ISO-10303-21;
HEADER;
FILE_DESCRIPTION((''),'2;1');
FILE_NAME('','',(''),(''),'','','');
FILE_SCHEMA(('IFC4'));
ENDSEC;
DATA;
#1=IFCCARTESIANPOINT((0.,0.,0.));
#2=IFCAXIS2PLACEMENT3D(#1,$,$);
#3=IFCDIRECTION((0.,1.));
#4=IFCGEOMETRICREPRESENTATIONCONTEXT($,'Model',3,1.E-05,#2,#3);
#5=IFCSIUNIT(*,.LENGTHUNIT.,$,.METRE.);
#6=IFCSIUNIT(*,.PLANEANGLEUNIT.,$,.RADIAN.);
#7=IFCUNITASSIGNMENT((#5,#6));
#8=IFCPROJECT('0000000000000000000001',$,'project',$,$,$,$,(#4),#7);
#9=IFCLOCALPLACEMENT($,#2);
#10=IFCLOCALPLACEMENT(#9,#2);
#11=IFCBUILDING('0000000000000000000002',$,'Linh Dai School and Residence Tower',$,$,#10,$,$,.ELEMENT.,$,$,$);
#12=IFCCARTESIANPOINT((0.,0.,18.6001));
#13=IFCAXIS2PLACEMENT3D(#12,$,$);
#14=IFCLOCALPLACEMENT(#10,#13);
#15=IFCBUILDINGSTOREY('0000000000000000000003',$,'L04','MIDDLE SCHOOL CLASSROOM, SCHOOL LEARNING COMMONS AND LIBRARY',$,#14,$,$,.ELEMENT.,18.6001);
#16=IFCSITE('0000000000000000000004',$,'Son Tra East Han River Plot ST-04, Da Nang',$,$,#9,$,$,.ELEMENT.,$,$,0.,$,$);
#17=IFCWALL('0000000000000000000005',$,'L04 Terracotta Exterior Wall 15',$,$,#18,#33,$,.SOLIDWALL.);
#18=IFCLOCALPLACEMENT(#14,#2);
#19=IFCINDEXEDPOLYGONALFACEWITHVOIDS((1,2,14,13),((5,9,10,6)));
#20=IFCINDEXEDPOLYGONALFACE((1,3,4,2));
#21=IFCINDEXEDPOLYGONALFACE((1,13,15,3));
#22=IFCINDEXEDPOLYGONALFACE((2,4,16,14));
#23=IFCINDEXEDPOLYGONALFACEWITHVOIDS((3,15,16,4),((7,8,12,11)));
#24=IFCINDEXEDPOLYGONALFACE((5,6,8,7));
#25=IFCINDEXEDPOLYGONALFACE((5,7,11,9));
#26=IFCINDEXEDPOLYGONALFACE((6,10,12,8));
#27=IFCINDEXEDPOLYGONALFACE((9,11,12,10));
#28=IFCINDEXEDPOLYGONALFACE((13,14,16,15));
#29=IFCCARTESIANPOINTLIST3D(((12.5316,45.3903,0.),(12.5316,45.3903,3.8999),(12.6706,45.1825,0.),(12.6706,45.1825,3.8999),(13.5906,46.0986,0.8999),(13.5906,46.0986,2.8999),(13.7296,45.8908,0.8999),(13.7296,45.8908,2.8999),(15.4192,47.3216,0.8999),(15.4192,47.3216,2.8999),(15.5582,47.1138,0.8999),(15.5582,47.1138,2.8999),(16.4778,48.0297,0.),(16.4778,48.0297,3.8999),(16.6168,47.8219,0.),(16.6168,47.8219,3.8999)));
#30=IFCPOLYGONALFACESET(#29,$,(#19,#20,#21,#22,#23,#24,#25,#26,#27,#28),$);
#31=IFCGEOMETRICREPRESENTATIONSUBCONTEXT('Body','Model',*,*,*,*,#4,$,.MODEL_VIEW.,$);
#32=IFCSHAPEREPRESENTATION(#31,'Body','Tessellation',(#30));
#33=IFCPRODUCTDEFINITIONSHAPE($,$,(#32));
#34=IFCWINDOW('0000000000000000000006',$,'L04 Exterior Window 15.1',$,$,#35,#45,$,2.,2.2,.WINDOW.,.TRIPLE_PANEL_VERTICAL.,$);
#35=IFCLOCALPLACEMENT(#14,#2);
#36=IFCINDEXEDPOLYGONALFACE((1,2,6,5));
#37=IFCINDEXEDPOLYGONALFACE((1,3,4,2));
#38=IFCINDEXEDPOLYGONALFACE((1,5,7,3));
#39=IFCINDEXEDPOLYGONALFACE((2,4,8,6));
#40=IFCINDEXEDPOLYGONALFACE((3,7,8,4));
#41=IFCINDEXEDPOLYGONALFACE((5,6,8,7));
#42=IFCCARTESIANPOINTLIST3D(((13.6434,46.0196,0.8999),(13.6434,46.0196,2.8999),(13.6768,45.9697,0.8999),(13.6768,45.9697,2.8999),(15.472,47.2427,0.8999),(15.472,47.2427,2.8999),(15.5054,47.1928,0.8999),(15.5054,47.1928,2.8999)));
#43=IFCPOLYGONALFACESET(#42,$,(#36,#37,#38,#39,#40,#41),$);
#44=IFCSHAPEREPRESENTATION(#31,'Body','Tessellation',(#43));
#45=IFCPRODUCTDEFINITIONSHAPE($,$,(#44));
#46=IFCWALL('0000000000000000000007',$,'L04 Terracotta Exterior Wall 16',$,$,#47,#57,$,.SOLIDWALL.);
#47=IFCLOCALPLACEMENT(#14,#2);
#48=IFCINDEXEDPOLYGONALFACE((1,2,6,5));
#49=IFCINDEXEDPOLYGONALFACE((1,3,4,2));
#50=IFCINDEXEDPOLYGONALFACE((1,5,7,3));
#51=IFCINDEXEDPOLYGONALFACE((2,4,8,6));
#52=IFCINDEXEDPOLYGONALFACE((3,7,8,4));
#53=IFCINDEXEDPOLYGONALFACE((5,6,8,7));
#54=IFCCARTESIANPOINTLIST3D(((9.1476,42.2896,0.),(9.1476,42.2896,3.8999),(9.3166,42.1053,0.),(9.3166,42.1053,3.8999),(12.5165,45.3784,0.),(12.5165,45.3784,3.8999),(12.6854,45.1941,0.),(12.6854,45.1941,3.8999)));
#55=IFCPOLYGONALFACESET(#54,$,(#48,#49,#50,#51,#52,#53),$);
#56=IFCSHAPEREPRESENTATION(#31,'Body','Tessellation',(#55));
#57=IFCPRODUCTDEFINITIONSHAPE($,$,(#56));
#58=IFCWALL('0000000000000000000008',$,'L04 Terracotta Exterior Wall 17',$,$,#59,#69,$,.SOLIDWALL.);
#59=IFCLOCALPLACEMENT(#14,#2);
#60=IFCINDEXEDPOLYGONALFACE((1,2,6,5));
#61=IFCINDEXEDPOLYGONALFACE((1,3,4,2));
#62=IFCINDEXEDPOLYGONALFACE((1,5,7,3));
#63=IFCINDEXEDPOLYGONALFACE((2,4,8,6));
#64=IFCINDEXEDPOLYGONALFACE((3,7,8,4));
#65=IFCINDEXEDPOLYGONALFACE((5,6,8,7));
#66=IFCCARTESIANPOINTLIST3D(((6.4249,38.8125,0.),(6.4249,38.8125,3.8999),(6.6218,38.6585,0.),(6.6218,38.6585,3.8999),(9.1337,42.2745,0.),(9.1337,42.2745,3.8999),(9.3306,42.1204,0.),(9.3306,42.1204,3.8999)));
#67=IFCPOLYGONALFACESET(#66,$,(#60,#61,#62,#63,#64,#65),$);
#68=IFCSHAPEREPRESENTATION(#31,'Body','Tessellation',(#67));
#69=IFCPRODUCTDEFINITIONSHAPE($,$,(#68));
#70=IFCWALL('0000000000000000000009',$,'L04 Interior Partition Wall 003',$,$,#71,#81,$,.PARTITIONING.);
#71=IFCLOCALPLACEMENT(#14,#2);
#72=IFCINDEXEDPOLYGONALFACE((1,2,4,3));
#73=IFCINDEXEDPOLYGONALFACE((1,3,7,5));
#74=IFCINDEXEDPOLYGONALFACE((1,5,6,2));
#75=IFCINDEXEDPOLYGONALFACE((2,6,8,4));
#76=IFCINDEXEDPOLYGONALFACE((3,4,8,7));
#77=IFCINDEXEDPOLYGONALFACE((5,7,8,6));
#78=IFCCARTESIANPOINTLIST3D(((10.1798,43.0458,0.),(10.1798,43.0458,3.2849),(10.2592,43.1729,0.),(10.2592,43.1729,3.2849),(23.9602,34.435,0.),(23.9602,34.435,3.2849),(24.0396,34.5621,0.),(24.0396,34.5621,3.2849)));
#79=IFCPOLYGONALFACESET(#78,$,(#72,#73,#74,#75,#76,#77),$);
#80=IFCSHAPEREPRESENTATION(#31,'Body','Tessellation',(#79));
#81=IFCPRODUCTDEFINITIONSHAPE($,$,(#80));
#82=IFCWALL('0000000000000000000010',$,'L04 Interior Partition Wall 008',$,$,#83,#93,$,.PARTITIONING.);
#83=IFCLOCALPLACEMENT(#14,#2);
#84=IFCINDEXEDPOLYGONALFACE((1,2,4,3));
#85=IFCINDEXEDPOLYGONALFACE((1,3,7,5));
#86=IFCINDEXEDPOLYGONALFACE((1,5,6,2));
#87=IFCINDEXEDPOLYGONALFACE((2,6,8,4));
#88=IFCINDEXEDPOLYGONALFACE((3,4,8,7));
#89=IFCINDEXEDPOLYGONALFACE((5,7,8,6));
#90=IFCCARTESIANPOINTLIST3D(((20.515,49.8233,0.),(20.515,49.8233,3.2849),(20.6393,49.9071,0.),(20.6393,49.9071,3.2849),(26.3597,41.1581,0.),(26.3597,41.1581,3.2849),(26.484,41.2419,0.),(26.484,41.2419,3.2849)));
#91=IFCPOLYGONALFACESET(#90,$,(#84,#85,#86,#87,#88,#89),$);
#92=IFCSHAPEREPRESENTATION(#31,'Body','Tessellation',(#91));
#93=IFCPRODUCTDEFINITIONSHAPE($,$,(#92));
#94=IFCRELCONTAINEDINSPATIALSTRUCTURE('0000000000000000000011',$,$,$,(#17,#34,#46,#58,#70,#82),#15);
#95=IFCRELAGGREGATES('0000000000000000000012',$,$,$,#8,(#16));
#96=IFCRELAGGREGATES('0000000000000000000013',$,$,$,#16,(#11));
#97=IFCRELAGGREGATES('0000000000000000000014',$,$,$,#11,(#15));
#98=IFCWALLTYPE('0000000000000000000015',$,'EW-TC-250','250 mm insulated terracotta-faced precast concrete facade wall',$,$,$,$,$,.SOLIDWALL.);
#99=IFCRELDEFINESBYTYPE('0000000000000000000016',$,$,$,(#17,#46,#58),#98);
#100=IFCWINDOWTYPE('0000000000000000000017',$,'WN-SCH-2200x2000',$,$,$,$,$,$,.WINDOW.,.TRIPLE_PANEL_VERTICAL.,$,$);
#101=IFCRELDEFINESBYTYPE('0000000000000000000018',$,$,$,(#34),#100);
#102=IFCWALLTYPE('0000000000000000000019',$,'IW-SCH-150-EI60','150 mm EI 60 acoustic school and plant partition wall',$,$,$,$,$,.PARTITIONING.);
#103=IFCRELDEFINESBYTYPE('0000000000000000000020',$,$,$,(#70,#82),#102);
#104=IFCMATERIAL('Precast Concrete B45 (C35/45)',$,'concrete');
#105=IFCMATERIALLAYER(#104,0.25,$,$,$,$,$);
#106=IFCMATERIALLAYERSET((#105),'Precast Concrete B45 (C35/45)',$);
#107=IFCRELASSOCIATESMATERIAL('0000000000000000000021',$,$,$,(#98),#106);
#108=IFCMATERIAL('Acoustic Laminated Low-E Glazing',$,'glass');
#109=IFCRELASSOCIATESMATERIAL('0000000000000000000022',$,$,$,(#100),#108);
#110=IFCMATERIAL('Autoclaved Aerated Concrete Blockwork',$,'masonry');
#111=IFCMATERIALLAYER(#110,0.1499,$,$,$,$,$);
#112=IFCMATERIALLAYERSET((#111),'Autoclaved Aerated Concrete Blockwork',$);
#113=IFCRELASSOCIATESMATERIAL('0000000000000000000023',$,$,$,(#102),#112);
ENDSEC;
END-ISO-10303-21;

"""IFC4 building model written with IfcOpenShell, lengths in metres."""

from ifc_helpers import new_model, si_unit, direction, frame, frame_2d, origin, origin_2d, place, context, subcontext, project, spatial, rectangle, extrude, source, transform, mapped, material, layer, layer_set, type_object, element, fill, save


model = new_model("IFC4")

# Units and contexts
model_context = context("Model", 3, precision=1e-05, world=origin(), true_north=direction((0.0, 1.0)))
body_context = subcontext(model_context, "Body", "Model", "MODEL_VIEW")
ifc_project = project(units=[si_unit("LENGTHUNIT", "METRE"), si_unit("PLANEANGLEUNIT", "RADIAN")], contexts=[model_context])

# Site, building, storey
site_placement = place(None, origin())
site = spatial("IfcSite", under=ifc_project, at=site_placement, Name="Son Tra East Han River Plot ST-04, Da Nang", CompositionType="ELEMENT", RefElevation=0.0)
building_placement = place(site_placement, origin())
building = spatial("IfcBuilding", under=site, at=building_placement, Name="Linh Dai School and Residence Tower", CompositionType="ELEMENT")
storey_placement = place(building_placement, frame((0.0, 0.0, 18.6001)))
storey = spatial("IfcBuildingStorey", under=building, at=storey_placement, Name="L04", Description="MIDDLE SCHOOL CLASSROOM, SCHOOL LEARNING COMMONS AND LIBRARY", CompositionType="ELEMENT", Elevation=18.6001)

# Wall, opening, window
ifc_material_1 = material(Name="Precast Concrete B45 (C35/45)", Category="concrete")
ifc_layer_1 = layer(ifc_material_1, 0.25)
ifc_layer_set_1 = layer_set([ifc_layer_1], Name="Precast Concrete B45 (C35/45)")
wall_type_1 = type_object("IfcWallType", Name="EW-TC-250", Description="250 mm insulated terracotta-faced precast concrete facade wall", PredefinedType="SOLIDWALL", material=ifc_layer_set_1)
ifc_material_2 = material(Name="Acoustic Laminated Low-E Glazing", Category="glass")
window_type = type_object("IfcWindowType", Name="WN-SCH-2200x2000", PartitioningType="TRIPLE_PANEL_VERTICAL", PredefinedType="WINDOW", material=ifc_material_2)
shared_shape_1 = source(origin(), body_context, "Body", "SweptSolid", [
    extrude(rectangle(XDim=2.2, YDim=2.0, at=origin_2d()), frame((1.1001, 0.03, 1.0), z_axis=(0.0, -1.0, 0.0), x_axis=(1.0, 0.0, 0.0)), (0.0, 0.0, 1.0), 0.0601),
])
wall_1_placement = place(storey_placement, frame((12.6011, 45.2864, 0.0), z_axis=(0.0, 0.0, 1.0), x_axis=(0.831219, 0.555946, 0.0)))
wall_1 = element("IfcWall", 1, at=wall_1_placement, inside=storey, type_object=wall_type_1, Name="L04 Terracotta Exterior Wall 15", PredefinedType="SOLIDWALL", context=body_context, shape_type="SweptSolid", body=[
    extrude(rectangle(XDim=4.7476, YDim=0.25, at=frame_2d((2.3738, 0.0))), origin(), (0.0, 0.0, 1.0), 3.8999),
])
opening_1_placement = place(wall_1_placement, frame((1.2739, 0.0, 0.8999)))
opening_1 = element("IfcOpeningElement", 2, at=opening_1_placement, cuts=wall_1, PredefinedType="OPENING", context=body_context, shape_type="SweptSolid", body=[
    extrude(rectangle(XDim=2.2, YDim=2.0, at=origin_2d()), frame((1.1001, 0.135, 1.0), z_axis=(0.0, -1.0, 0.0), x_axis=(1.0, 0.0, 0.0)), (0.0, 0.0, 1.0), 0.27),
])
window_1_placement = place(opening_1_placement, origin())
window_1 = element("IfcWindow", 3, at=window_1_placement, inside=storey, type_object=window_type, Name="L04 Exterior Window 15.1", OverallHeight=2.0, OverallWidth=2.2, PartitioningType="TRIPLE_PANEL_VERTICAL", PredefinedType="WINDOW", context=body_context, shape_type="MappedRepresentation", body=[
    mapped(shared_shape_1, transform((0.0, 0.0, 0.0), x_axis=(1.0, 0.0, 0.0), y_axis=(0.0, 1.0, 0.0), z_axis=(0.0, 0.0, 1.0), scale=1.0)),
])
fill(opening_1, window_1)

# Walls
wall_2_placement = place(storey_placement, frame((9.2322, 42.1975, 0.0), z_axis=(0.0, 0.0, 1.0), x_axis=(0.737077, 0.675809, 0.0)))
element("IfcWall", 4, at=wall_2_placement, inside=storey, type_object=wall_type_1, Name="L04 Terracotta Exterior Wall 16", PredefinedType="SOLIDWALL", context=body_context, shape_type="SweptSolid", body=[
    extrude(rectangle(XDim=4.5706, YDim=0.25, at=frame_2d((2.2852, 0.0))), origin(), (0.0, 0.0, 1.0), 3.8999),
])
wall_3_placement = place(storey_placement, frame((6.5234, 38.7356, 0.0), z_axis=(0.0, 0.0, 1.0), x_axis=(0.616226, 0.787569, 0.0)))
element("IfcWall", 5, at=wall_3_placement, inside=storey, type_object=wall_type_1, Name="L04 Terracotta Exterior Wall 17", PredefinedType="SOLIDWALL", context=body_context, shape_type="SweptSolid", body=[
    extrude(rectangle(XDim=4.3958, YDim=0.25, at=frame_2d((2.1978, 0.0))), origin(), (0.0, 0.0, 1.0), 3.8999),
])
ifc_material_3 = material(Name="Autoclaved Aerated Concrete Blockwork", Category="masonry")
ifc_layer_2 = layer(ifc_material_3, 0.1499)
ifc_layer_set_2 = layer_set([ifc_layer_2], Name="Autoclaved Aerated Concrete Blockwork")
wall_type_2 = type_object("IfcWallType", Name="IW-SCH-150-EI60", Description="150 mm EI 60 acoustic school and plant partition wall", PredefinedType="PARTITIONING", material=ifc_layer_set_2)
wall_4_placement = place(storey_placement, frame((10.2195, 43.1094, 0.0), z_axis=(0.0, 0.0, 1.0), x_axis=(0.848053, -0.529911, 0.0)))
element("IfcWall", 6, at=wall_4_placement, inside=storey, type_object=wall_type_2, Name="L04 Interior Partition Wall 003", PredefinedType="PARTITIONING", context=body_context, shape_type="SweptSolid", body=[
    extrude(rectangle(XDim=16.2495, YDim=0.1499, at=frame_2d((8.1248, 0.0))), origin(), (0.0, 0.0, 1.0), 3.2849),
])
wall_5_placement = place(storey_placement, frame((20.5771, 49.8652, 0.0), z_axis=(0.0, 0.0, 1.0), x_axis=(0.559188, -0.829041, 0.0)))
element("IfcWall", 7, at=wall_5_placement, inside=storey, type_object=wall_type_2, Name="L04 Interior Partition Wall 008", PredefinedType="PARTITIONING", context=body_context, shape_type="SweptSolid", body=[
    extrude(rectangle(XDim=10.4521, YDim=0.1499, at=frame_2d((5.2261, 0.0))), origin(), (0.0, 0.0, 1.0), 3.2849),
])

save(model, "model.ifc")
